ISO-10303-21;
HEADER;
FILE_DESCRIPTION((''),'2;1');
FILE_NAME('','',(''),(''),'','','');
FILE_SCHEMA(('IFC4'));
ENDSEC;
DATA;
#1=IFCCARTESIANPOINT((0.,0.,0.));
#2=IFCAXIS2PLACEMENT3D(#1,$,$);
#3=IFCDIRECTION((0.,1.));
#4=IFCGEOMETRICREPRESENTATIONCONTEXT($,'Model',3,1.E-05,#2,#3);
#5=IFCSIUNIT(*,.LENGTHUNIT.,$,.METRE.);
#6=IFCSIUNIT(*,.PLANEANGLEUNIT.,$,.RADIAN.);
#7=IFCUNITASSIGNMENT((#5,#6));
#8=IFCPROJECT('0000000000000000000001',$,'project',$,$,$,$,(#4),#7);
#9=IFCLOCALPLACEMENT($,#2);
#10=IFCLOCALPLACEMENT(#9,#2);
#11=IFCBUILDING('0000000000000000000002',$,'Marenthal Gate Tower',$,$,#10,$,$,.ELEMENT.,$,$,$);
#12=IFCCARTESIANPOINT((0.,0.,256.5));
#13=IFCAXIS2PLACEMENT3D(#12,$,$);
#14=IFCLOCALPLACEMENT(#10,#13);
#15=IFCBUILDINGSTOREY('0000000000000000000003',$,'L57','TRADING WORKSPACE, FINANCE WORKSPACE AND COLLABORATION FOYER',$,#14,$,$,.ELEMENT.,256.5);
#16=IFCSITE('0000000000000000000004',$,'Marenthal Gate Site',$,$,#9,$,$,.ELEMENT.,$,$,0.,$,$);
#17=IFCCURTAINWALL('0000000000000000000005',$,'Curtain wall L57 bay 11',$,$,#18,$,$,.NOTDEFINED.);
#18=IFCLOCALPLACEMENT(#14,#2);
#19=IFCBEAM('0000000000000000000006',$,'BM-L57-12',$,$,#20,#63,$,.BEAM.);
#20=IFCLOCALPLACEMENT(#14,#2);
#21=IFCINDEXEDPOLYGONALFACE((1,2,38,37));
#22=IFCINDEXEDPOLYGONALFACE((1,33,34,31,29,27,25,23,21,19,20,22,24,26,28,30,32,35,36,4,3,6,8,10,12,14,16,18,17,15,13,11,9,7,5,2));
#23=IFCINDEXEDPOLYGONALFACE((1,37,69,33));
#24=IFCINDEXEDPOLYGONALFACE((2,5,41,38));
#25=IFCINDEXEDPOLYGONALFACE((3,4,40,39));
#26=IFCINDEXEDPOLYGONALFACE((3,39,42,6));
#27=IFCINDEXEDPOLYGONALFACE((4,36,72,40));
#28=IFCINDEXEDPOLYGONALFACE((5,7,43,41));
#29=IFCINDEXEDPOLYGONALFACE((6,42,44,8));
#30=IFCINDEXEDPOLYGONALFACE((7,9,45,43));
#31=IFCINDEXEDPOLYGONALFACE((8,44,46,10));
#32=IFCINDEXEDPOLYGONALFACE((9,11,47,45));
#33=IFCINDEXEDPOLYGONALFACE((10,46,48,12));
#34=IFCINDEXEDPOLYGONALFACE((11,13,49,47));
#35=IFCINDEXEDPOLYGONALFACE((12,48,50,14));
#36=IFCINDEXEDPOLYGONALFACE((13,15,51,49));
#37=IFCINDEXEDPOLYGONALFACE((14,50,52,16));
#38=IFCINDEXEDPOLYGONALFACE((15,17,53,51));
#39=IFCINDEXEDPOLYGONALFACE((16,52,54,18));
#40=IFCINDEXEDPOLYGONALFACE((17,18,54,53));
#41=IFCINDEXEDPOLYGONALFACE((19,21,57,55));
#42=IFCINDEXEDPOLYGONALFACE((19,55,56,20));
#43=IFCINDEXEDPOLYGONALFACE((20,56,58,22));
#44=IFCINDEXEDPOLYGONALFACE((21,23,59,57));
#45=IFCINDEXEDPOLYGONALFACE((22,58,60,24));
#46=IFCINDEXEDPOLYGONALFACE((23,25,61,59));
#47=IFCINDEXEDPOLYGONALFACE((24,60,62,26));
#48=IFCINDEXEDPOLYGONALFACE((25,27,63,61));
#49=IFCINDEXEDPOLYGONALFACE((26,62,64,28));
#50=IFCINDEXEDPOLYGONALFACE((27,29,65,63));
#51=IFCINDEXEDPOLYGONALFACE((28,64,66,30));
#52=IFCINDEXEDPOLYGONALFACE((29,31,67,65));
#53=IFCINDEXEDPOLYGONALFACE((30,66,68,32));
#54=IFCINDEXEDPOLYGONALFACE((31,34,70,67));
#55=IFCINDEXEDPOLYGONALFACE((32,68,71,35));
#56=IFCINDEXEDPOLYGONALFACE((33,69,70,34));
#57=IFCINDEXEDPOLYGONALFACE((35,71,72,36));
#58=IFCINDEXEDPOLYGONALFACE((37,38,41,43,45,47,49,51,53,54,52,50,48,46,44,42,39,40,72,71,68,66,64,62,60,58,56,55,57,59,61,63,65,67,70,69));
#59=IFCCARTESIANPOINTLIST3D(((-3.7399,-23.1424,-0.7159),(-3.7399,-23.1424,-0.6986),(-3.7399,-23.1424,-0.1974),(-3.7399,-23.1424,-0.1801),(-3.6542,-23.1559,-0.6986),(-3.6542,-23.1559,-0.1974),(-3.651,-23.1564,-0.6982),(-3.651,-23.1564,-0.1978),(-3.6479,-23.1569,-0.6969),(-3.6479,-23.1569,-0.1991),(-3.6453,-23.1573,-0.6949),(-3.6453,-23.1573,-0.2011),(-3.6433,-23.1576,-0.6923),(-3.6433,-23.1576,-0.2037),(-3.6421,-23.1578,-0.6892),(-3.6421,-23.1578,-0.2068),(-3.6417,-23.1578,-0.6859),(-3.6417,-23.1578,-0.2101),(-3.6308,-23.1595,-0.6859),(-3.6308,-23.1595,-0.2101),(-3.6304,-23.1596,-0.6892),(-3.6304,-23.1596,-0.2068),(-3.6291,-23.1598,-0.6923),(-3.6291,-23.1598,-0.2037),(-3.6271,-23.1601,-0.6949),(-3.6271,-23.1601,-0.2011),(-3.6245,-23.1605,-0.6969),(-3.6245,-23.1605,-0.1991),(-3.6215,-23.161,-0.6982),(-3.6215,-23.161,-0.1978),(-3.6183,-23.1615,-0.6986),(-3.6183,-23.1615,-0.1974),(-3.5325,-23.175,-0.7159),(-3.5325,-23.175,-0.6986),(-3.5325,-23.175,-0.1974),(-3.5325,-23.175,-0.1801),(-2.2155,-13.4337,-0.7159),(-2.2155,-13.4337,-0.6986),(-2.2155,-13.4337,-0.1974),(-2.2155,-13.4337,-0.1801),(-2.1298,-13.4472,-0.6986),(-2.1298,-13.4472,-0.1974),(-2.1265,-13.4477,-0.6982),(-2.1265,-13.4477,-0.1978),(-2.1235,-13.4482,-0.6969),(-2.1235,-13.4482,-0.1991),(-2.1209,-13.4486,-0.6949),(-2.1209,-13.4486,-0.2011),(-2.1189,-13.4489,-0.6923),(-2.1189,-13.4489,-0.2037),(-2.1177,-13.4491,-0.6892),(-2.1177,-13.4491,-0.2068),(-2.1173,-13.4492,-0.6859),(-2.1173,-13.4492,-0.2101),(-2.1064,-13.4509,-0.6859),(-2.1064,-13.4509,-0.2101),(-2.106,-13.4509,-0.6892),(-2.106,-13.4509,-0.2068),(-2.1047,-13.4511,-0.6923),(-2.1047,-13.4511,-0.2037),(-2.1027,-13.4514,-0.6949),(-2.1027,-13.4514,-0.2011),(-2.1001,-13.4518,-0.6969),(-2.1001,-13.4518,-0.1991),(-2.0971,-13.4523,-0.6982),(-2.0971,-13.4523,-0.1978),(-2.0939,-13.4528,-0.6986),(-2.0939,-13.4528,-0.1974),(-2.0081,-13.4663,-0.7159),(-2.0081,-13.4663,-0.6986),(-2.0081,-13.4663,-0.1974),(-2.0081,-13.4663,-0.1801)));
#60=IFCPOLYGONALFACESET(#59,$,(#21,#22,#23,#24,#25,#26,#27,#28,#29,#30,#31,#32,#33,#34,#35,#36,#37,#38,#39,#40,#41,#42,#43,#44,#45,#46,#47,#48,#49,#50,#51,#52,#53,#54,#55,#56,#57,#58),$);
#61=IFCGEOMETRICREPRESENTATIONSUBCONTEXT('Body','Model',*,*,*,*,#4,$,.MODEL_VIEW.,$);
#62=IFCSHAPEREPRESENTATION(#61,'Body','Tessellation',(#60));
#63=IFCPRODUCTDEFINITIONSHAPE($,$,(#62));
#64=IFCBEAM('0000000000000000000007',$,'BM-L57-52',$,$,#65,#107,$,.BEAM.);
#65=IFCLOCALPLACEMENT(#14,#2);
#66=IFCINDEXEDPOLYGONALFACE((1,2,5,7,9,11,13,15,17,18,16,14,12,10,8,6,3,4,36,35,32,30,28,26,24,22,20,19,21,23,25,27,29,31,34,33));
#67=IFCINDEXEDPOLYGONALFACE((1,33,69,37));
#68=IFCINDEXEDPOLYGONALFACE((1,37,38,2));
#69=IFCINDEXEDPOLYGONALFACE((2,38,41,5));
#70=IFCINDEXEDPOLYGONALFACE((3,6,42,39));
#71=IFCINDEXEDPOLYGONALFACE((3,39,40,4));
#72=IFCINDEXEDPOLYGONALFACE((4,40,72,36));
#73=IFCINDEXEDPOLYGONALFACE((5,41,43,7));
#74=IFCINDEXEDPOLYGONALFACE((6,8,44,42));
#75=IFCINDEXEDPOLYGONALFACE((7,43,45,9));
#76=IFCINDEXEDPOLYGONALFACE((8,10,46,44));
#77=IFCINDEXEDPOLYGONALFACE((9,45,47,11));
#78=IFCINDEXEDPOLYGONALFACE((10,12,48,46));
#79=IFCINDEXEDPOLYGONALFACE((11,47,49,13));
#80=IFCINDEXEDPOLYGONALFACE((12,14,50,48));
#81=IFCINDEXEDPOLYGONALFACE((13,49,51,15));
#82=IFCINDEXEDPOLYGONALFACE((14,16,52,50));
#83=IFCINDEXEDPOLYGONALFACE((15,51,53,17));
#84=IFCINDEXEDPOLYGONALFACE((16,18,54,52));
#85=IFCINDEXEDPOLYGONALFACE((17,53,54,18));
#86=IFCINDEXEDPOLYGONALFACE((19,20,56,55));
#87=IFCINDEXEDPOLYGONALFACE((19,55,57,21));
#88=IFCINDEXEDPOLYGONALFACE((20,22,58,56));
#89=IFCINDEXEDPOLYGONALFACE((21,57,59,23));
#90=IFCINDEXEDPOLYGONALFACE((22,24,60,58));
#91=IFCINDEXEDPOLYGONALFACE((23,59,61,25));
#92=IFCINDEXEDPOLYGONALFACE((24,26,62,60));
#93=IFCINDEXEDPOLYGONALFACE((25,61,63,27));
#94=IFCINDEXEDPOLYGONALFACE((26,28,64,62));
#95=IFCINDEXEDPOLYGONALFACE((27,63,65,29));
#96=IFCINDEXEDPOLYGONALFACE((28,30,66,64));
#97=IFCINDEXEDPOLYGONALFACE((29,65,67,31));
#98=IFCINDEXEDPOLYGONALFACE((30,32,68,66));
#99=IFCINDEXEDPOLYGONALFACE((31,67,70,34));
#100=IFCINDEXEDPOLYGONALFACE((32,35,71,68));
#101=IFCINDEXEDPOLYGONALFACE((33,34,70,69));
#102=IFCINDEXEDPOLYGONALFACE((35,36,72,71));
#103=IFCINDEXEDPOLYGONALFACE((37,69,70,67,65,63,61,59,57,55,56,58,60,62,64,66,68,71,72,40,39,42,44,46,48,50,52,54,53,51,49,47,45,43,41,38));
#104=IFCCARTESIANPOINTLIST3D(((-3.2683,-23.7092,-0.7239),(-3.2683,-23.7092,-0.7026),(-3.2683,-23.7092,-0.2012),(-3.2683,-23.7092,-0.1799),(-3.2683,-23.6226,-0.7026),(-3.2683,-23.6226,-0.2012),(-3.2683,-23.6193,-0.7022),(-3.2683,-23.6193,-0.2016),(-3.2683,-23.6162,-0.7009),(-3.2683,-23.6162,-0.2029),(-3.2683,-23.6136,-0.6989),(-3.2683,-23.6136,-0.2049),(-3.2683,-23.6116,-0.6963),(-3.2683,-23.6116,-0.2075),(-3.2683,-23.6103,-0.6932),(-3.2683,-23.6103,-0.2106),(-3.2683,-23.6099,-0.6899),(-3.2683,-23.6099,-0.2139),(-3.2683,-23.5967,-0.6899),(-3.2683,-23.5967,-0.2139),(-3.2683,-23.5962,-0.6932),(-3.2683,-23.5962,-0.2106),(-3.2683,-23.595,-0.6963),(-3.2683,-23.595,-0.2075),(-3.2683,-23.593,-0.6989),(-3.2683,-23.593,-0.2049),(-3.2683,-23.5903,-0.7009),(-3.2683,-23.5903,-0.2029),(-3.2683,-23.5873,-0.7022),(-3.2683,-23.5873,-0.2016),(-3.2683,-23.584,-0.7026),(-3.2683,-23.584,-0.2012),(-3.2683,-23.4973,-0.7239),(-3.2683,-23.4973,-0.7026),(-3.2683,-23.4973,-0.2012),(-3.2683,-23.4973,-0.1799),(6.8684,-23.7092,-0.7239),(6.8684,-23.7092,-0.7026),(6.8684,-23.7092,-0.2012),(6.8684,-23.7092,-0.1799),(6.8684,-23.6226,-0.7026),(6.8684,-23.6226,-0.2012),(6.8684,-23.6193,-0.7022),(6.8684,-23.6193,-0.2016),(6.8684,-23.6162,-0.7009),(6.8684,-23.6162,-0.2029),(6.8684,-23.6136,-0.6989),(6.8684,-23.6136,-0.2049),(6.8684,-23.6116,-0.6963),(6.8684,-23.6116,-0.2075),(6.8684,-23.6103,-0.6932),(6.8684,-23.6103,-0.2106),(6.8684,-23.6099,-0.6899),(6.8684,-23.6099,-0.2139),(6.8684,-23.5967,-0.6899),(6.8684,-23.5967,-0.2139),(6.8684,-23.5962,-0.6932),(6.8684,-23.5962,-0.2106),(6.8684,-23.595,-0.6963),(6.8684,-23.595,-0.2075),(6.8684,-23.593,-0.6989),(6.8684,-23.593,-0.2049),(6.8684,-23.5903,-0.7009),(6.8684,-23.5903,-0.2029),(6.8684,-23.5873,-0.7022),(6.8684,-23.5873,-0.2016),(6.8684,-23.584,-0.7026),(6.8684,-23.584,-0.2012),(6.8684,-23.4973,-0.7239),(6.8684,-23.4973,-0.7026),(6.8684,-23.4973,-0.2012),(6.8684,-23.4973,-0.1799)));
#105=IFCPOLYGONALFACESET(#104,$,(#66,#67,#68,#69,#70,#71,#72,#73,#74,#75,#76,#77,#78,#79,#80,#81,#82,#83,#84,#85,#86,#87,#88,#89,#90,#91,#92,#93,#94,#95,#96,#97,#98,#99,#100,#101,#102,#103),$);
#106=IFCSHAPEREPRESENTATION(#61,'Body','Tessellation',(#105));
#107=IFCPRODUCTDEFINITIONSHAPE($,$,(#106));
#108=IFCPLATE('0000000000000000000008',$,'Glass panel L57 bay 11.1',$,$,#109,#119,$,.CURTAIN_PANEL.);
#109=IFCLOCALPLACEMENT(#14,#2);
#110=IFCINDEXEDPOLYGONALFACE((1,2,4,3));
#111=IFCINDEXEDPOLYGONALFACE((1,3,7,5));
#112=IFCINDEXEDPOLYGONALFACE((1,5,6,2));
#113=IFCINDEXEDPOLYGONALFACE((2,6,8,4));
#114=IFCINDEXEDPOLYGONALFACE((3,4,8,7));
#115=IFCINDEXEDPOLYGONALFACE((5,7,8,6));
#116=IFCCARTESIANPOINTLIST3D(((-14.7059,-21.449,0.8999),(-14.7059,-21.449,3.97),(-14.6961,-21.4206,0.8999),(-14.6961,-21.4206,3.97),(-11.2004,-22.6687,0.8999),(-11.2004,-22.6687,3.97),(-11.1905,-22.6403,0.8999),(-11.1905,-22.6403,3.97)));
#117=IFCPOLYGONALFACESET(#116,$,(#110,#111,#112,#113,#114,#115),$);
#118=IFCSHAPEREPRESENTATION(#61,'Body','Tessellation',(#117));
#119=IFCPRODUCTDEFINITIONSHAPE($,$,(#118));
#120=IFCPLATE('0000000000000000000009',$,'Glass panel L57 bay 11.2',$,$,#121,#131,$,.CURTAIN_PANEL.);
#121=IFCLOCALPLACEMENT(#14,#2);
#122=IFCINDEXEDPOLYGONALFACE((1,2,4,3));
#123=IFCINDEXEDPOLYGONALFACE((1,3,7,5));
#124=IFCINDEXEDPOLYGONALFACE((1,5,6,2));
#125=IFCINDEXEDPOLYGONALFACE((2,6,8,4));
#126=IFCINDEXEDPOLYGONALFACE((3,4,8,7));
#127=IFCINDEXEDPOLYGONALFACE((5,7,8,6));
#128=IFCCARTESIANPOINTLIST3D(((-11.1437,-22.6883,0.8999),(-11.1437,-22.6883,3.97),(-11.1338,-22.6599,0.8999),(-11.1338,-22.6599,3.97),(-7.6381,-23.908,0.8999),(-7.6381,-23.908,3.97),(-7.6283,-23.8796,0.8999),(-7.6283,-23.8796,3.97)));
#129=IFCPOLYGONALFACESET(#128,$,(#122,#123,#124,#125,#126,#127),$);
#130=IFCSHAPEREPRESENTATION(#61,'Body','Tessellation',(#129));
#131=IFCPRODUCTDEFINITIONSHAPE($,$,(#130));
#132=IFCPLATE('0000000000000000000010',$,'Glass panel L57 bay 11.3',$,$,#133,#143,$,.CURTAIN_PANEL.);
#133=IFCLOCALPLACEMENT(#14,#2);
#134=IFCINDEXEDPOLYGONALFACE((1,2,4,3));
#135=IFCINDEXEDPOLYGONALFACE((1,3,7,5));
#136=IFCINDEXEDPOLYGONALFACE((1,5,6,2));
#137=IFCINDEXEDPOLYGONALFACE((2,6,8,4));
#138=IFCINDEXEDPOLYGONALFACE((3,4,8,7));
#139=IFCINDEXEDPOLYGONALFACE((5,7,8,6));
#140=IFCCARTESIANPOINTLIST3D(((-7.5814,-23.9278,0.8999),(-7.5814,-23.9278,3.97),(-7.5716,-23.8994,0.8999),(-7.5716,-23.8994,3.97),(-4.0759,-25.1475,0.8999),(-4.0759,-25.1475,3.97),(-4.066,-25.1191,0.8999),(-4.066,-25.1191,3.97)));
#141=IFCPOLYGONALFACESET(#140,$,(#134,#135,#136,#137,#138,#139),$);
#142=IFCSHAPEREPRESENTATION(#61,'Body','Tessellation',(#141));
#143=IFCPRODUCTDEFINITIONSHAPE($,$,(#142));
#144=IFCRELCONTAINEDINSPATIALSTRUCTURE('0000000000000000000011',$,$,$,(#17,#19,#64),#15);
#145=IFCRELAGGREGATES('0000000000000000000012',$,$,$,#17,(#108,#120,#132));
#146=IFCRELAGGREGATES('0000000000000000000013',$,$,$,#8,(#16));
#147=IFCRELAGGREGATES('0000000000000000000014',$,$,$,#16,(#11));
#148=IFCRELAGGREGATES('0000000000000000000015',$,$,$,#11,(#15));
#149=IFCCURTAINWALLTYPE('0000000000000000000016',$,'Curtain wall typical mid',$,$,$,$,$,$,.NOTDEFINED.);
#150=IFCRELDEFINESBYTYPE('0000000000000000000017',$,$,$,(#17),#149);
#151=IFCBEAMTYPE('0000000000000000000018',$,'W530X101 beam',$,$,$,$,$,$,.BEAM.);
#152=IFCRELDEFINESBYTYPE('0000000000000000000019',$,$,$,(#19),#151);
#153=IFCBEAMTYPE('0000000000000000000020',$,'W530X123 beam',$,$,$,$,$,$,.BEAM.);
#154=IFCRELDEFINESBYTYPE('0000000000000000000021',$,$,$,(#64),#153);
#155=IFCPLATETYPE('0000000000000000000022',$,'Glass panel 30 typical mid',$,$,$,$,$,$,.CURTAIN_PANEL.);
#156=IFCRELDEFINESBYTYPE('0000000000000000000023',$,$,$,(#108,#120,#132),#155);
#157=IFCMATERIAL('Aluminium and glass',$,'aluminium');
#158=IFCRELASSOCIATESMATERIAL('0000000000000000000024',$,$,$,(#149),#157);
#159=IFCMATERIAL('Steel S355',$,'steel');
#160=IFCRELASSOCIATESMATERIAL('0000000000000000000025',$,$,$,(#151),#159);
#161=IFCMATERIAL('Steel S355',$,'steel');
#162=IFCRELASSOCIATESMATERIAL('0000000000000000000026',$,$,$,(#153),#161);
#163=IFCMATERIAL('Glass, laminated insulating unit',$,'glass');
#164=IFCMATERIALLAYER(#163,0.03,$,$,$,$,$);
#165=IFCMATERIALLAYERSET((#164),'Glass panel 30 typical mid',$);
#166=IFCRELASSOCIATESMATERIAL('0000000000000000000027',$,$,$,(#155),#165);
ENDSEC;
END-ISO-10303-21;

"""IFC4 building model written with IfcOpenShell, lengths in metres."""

from ifc_helpers import new_model, si_unit, direction, frame, origin, origin_2d, place, context, subcontext, project, spatial, rectangle, i_section, extrude, material, layer, layer_set, material_profile, profile_set, type_object, element, aggregate, save


model = new_model("IFC4")

# Units and contexts
model_context = context("Model", 3, precision=1e-05, world=origin(), true_north=direction((0.0, 1.0)))
body_context = subcontext(model_context, "Body", "Model", "MODEL_VIEW")
ifc_project = project(units=[si_unit("LENGTHUNIT", "METRE"), si_unit("PLANEANGLEUNIT", "RADIAN")], contexts=[model_context])

# Site, building, storey
site_placement = place(None, origin())
site = spatial("IfcSite", under=ifc_project, at=site_placement, Name="Marenthal Gate Site", CompositionType="ELEMENT", RefElevation=0.0)
building_placement = place(site_placement, origin())
building = spatial("IfcBuilding", under=site, at=building_placement, Name="Marenthal Gate Tower", CompositionType="ELEMENT")
storey_placement = place(building_placement, frame((0.0, 0.0, 256.5)))
storey = spatial("IfcBuildingStorey", under=building, at=storey_placement, Name="L57", Description="TRADING WORKSPACE, FINANCE WORKSPACE AND COLLABORATION FOYER", CompositionType="ELEMENT", Elevation=256.5)

# Curtain wall
ifc_material_1 = material(Name="Aluminium and glass", Category="aluminium")
curtain_wall_type = type_object("IfcCurtainWallType", Name="Curtain wall typical mid", PredefinedType="NOTDEFINED", material=ifc_material_1)
curtain_wall_placement = place(storey_placement, origin())
curtain_wall = element("IfcCurtainWall", 1, at=curtain_wall_placement, inside=storey, type_object=curtain_wall_type, Name="Curtain wall L57 bay 11", PredefinedType="NOTDEFINED")

# Beams
ifc_material_2 = material(Name="Steel S355", Category="steel")
ifc_material_profile_1 = material_profile(ifc_material_2, i_section(OverallWidth=0.21, OverallDepth=0.5359, WebThickness=0.011, FlangeThickness=0.0173, FilletRadius=0.0127, at=origin_2d()), Name="W530X101")
ifc_profile_set_1 = profile_set([ifc_material_profile_1], Name="Steel S355")
beam_type_1 = type_object("IfcBeamType", Name="W530X101 beam", PredefinedType="BEAM", material=ifc_profile_set_1)
beam_1_placement = place(storey_placement, frame((-3.6362, -23.1587, -0.448), z_axis=(0.155114, 0.987897, 0.0), x_axis=(-0.987897, 0.155114, 0.0)))
element("IfcBeam", 2, at=beam_1_placement, inside=storey, type_object=beam_type_1, Name="BM-L57-12", PredefinedType="BEAM", context=body_context, shape_type="SweptSolid", body=[
    extrude(i_section(OverallWidth=0.21, OverallDepth=0.5359, WebThickness=0.011, FlangeThickness=0.0173, FilletRadius=0.0127, at=origin_2d()), origin(), (0.0, 0.0, 1.0), 9.8276),
])
ifc_material_3 = material(Name="Steel S355", Category="steel")
ifc_material_profile_2 = material_profile(ifc_material_3, i_section(OverallWidth=0.2119, OverallDepth=0.5439, WebThickness=0.0132, FlangeThickness=0.0212, FilletRadius=0.0127, at=origin_2d()), Name="W530X123")
ifc_profile_set_2 = profile_set([ifc_material_profile_2], Name="Steel S355")
beam_type_2 = type_object("IfcBeamType", Name="W530X123 beam", PredefinedType="BEAM", material=ifc_profile_set_2)
beam_2_placement = place(storey_placement, frame((-3.2683, -23.6033, -0.4519), z_axis=(1.0, 0.0, 0.0), x_axis=(0.0, 1.0, 0.0)))
element("IfcBeam", 3, at=beam_2_placement, inside=storey, type_object=beam_type_2, Name="BM-L57-52", PredefinedType="BEAM", context=body_context, shape_type="SweptSolid", body=[
    extrude(i_section(OverallWidth=0.2119, OverallDepth=0.5439, WebThickness=0.0132, FlangeThickness=0.0212, FilletRadius=0.0127, at=origin_2d()), origin(), (0.0, 0.0, 1.0), 10.1367),
])

# Plates
ifc_material_4 = material(Name="Glass, laminated insulating unit", Category="glass")
ifc_layer_1 = layer(ifc_material_4, 0.03)
ifc_layer_set_1 = layer_set([ifc_layer_1], Name="Glass panel 30 typical mid")
plate_type = type_object("IfcPlateType", Name="Glass panel 30 typical mid", PredefinedType="CURTAIN_PANEL", material=ifc_layer_set_1)
plate_1_placement = place(storey_placement, frame((-12.9482, -22.0447, 0.8999), z_axis=(0.0, 0.0, 1.0), x_axis=(0.944465, -0.328612, 0.0)))
plate_1 = element("IfcPlate", 4, at=plate_1_placement, type_object=plate_type, Name="Glass panel L57 bay 11.1", PredefinedType="CURTAIN_PANEL", context=body_context, shape_type="SweptSolid", body=[
    extrude(rectangle(XDim=3.7117, YDim=0.03, at=origin_2d()), origin(), (0.0, 0.0, 1.0), 3.0701),
])
plate_2_placement = place(storey_placement, frame((-9.386, -23.2839, 0.8999), z_axis=(0.0, 0.0, 1.0), x_axis=(0.944465, -0.328612, 0.0)))
plate_2 = element("IfcPlate", 5, at=plate_2_placement, type_object=plate_type, Name="Glass panel L57 bay 11.2", PredefinedType="CURTAIN_PANEL", context=body_context, shape_type="SweptSolid", body=[
    extrude(rectangle(XDim=3.7117, YDim=0.03, at=origin_2d()), origin(), (0.0, 0.0, 1.0), 3.0701),
])
plate_3_placement = place(storey_placement, frame((-5.8237, -24.5234, 0.8999), z_axis=(0.0, 0.0, 1.0), x_axis=(0.944465, -0.328612, 0.0)))
plate_3 = element("IfcPlate", 6, at=plate_3_placement, type_object=plate_type, Name="Glass panel L57 bay 11.3", PredefinedType="CURTAIN_PANEL", context=body_context, shape_type="SweptSolid", body=[
    extrude(rectangle(XDim=3.7117, YDim=0.03, at=origin_2d()), origin(), (0.0, 0.0, 1.0), 3.0701),
])
aggregate(curtain_wall, [plate_1, plate_2, plate_3])

save(model, "model.ifc")
